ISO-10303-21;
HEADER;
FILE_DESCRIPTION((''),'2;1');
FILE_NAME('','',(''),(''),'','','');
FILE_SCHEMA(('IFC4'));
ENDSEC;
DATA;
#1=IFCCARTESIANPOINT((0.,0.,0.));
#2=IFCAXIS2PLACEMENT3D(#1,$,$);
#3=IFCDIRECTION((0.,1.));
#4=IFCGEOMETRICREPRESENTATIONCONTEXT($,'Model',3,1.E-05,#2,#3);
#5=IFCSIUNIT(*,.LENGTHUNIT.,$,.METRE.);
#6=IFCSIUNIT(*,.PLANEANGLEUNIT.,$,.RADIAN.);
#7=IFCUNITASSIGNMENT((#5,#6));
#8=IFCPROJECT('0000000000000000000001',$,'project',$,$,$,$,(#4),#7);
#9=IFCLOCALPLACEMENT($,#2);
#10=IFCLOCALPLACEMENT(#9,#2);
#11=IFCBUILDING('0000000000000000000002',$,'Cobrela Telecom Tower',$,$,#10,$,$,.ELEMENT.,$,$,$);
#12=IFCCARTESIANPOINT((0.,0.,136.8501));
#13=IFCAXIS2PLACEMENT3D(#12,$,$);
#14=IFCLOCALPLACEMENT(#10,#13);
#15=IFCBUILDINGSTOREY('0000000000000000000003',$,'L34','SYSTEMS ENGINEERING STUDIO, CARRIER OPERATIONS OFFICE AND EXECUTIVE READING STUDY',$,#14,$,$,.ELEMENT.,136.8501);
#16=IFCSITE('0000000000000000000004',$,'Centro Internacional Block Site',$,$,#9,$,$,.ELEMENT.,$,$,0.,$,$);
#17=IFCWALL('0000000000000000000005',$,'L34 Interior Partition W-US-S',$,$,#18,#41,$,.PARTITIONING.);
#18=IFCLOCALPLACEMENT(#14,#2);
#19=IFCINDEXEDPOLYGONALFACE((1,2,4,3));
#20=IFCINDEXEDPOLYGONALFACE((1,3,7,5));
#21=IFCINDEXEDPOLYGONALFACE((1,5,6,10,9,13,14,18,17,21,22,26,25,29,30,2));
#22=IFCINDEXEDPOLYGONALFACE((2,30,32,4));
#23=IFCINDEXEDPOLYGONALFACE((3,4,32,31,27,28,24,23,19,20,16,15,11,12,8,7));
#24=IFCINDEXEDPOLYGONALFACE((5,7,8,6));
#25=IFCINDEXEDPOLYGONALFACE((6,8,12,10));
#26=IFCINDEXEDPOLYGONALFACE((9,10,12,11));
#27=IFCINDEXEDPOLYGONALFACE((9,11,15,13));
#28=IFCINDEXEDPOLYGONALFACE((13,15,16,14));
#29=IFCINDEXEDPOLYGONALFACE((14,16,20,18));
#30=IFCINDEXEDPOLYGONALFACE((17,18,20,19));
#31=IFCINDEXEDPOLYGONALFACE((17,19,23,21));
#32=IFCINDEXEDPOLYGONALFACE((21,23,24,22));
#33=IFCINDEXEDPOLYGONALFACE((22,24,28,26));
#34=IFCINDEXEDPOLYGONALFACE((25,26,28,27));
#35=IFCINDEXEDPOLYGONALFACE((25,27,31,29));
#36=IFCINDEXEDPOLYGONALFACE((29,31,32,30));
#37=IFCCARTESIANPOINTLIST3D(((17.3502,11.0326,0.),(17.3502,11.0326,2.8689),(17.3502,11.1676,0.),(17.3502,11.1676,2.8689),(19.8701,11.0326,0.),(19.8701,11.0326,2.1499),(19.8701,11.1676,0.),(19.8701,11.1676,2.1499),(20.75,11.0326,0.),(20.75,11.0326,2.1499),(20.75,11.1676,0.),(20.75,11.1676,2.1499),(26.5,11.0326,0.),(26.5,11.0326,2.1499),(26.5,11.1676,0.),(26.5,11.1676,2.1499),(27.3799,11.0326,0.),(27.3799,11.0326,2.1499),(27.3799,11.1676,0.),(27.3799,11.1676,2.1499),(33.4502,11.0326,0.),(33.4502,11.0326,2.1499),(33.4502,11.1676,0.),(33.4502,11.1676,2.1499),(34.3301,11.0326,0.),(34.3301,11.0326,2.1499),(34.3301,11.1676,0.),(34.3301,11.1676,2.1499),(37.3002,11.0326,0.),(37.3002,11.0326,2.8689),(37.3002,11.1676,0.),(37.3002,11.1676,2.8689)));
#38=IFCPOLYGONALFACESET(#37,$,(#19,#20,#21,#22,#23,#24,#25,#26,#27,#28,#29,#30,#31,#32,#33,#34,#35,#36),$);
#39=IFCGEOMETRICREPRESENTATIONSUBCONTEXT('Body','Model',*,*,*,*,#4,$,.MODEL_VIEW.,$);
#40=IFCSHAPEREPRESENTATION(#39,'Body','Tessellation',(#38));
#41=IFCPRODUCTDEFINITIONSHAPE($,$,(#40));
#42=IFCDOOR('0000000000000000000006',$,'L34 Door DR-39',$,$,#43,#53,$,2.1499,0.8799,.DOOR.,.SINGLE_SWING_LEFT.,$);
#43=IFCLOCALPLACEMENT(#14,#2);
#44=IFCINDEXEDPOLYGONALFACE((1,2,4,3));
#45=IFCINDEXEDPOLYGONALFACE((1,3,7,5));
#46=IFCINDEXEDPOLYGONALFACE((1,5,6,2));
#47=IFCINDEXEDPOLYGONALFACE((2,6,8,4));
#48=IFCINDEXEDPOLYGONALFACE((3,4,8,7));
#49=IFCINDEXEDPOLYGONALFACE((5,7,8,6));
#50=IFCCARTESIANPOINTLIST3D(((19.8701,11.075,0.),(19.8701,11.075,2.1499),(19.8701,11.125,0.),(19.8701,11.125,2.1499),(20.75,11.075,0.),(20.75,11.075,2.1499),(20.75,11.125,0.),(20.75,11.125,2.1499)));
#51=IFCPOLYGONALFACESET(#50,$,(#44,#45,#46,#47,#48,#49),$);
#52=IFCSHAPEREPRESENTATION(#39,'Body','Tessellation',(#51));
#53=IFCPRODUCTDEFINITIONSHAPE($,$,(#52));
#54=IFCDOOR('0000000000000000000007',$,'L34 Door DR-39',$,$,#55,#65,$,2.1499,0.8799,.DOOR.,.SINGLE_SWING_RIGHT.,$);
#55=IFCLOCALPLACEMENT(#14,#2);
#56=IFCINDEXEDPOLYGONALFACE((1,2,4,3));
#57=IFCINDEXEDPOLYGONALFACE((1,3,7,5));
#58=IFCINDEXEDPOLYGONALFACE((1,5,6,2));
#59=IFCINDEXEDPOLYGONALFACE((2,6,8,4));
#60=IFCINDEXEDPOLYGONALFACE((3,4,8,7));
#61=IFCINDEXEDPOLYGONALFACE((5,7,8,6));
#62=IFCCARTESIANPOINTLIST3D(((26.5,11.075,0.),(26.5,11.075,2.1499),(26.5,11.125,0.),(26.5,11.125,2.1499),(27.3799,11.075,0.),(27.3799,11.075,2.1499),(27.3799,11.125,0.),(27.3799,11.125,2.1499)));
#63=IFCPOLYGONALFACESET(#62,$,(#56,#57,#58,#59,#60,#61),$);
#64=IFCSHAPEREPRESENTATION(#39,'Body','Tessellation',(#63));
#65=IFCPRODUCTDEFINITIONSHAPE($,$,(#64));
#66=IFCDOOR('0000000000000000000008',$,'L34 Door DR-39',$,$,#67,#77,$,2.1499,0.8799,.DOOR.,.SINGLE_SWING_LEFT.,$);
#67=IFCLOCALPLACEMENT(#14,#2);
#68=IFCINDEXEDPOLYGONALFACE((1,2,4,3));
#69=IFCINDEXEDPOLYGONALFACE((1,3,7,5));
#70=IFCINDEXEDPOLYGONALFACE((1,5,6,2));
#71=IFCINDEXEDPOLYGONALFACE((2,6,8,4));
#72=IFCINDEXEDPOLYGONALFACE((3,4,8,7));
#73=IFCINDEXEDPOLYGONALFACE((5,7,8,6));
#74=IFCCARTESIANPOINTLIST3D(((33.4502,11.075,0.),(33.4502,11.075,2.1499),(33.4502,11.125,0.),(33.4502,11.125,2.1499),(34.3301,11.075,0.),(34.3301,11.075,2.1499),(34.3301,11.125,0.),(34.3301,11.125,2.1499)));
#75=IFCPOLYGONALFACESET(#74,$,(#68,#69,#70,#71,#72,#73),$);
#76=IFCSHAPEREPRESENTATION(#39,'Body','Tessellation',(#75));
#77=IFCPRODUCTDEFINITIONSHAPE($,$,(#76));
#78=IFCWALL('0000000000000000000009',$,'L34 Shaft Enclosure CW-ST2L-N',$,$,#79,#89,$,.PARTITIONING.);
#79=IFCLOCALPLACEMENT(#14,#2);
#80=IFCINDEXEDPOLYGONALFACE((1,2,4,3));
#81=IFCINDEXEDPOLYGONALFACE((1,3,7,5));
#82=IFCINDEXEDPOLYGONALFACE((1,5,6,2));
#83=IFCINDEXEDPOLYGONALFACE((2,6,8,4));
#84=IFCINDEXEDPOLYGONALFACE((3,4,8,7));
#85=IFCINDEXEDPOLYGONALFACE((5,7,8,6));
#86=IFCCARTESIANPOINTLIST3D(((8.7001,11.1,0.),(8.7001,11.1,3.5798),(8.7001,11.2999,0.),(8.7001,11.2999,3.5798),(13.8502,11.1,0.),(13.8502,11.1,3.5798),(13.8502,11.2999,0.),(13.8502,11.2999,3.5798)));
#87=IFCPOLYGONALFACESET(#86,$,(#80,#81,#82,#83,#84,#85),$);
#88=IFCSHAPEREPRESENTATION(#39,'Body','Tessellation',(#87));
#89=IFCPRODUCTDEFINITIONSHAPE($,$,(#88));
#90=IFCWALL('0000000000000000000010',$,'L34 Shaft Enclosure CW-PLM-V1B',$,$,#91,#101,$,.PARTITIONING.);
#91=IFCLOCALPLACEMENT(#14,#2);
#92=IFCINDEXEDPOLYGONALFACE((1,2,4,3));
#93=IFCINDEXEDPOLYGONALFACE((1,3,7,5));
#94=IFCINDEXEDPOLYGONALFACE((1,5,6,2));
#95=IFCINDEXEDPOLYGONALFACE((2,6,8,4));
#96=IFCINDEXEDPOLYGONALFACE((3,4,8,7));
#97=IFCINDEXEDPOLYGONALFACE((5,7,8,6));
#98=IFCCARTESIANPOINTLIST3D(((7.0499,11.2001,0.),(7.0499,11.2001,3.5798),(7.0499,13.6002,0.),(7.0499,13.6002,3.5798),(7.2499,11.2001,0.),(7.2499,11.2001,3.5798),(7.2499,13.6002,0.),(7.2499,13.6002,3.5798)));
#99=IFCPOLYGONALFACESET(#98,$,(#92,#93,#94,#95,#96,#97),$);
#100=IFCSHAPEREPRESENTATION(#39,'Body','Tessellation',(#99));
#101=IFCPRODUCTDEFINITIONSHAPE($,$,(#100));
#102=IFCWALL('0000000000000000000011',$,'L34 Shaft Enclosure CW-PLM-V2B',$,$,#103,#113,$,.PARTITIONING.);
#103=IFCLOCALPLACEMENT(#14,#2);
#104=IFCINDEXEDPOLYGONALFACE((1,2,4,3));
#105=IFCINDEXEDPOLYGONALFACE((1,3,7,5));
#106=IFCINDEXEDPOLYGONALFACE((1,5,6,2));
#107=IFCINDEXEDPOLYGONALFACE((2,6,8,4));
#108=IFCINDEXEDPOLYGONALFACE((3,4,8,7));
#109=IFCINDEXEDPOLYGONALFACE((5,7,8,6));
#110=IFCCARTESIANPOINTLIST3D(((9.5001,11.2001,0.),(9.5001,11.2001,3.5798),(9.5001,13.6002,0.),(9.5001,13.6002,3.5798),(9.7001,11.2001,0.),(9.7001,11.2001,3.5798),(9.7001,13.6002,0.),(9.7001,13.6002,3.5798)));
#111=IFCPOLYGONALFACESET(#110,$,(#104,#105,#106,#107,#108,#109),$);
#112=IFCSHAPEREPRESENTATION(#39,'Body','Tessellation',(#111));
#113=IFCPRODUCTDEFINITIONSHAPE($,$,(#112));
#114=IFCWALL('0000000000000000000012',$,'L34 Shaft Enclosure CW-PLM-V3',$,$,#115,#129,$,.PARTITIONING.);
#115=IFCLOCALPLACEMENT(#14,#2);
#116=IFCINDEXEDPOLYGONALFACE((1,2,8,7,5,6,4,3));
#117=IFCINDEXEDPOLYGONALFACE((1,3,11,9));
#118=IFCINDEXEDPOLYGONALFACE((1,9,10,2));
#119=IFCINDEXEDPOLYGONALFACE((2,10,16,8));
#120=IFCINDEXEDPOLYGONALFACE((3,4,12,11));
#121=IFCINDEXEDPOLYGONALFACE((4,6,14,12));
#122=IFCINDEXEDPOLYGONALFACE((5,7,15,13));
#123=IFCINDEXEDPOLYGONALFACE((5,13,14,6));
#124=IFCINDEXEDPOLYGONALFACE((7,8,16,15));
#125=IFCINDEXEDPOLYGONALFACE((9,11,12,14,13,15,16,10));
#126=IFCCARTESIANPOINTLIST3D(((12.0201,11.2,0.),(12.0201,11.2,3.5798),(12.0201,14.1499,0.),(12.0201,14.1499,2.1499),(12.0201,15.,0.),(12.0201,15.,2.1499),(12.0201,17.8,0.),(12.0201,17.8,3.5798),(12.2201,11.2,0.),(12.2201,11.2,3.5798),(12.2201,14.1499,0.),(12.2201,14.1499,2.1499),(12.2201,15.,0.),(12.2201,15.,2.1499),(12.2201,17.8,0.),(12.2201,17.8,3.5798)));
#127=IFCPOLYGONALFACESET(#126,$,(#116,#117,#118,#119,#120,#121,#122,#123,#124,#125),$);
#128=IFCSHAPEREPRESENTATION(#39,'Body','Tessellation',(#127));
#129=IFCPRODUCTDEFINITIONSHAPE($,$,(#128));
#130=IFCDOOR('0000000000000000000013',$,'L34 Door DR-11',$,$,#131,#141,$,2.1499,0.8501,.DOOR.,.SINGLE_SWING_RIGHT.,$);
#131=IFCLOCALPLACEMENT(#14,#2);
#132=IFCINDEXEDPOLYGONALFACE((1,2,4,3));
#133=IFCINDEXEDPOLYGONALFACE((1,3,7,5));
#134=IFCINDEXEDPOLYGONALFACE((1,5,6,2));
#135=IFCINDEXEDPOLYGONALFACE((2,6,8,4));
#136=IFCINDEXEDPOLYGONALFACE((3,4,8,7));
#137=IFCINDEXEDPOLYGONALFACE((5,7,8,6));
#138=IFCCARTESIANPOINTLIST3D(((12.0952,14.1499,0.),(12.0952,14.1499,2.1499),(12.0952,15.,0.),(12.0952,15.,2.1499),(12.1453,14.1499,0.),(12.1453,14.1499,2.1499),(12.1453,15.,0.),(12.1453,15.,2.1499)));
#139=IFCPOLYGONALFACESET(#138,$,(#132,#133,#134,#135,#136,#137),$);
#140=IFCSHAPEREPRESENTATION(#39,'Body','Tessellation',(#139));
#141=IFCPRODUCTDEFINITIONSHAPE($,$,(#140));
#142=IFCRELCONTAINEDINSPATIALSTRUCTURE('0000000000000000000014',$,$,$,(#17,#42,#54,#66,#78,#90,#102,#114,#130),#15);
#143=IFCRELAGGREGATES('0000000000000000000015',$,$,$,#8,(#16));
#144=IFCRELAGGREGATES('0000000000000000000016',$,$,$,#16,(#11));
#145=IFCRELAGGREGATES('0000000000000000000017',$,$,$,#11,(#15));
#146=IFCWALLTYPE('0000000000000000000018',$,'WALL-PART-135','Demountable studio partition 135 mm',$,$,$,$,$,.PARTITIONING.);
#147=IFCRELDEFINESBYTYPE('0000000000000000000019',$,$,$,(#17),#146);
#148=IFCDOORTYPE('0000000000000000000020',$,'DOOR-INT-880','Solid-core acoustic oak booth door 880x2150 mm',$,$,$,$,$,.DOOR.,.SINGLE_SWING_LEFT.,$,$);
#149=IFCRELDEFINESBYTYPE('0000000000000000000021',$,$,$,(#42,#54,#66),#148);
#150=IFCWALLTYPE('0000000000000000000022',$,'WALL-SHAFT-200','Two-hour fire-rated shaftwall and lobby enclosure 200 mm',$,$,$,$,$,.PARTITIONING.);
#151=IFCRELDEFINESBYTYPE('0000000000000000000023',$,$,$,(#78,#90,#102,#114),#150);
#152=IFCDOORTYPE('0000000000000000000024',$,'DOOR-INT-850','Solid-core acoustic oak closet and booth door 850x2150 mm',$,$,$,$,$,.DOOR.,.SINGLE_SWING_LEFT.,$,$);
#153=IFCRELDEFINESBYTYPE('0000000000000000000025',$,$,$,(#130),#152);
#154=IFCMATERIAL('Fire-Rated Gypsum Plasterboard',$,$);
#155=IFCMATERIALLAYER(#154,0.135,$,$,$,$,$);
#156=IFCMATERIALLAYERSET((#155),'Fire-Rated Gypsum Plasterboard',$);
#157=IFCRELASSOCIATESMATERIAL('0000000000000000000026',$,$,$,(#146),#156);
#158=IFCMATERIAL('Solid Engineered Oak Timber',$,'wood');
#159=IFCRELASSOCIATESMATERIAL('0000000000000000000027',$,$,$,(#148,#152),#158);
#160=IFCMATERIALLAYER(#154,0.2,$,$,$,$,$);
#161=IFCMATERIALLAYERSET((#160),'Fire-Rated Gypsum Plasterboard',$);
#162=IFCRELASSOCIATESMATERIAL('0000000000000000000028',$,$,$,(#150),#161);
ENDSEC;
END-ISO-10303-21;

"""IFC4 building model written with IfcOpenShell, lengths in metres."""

from ifc_helpers import new_model, si_unit, direction, frame, frame_2d, origin, place, context, subcontext, project, spatial, rectangle, extrude, material, layer, layer_set, type_object, element, fill, save


model = new_model("IFC4")

# Units and contexts
model_context = context("Model", 3, precision=1e-05, world=origin(), true_north=direction((0.0, 1.0)))
body_context = subcontext(model_context, "Body", "Model", "MODEL_VIEW")
ifc_project = project(units=[si_unit("LENGTHUNIT", "METRE"), si_unit("PLANEANGLEUNIT", "RADIAN")], contexts=[model_context])

# Site, building, storey
site_placement = place(None, origin())
site = spatial("IfcSite", under=ifc_project, at=site_placement, Name="Centro Internacional Block Site", CompositionType="ELEMENT", RefElevation=0.0)
building_placement = place(site_placement, origin())
building = spatial("IfcBuilding", under=site, at=building_placement, Name="Cobrela Telecom Tower", CompositionType="ELEMENT")
storey_placement = place(building_placement, frame((0.0, 0.0, 136.8501)))
storey = spatial("IfcBuildingStorey", under=building, at=storey_placement, Name="L34", Description="SYSTEMS ENGINEERING STUDIO, CARRIER OPERATIONS OFFICE AND EXECUTIVE READING STUDY", CompositionType="ELEMENT", Elevation=136.8501)

# Shared definitions
ifc_material_1 = material(Name="Fire-Rated Gypsum Plasterboard")

# Wall, openings, doors
ifc_layer_1 = layer(ifc_material_1, 0.135)
ifc_layer_set_1 = layer_set([ifc_layer_1], Name="Fire-Rated Gypsum Plasterboard")
wall_type_1 = type_object("IfcWallType", Name="WALL-PART-135", Description="Demountable studio partition 135 mm", PredefinedType="PARTITIONING", material=ifc_layer_set_1)
wall_1_placement = place(storey_placement, frame((17.3501, 11.1001, 0.0), z_axis=(0.0, 0.0, 1.0), x_axis=(1.0, 0.0, 0.0)))
wall_1 = element("IfcWall", 1, at=wall_1_placement, inside=storey, type_object=wall_type_1, Name="L34 Interior Partition W-US-S", PredefinedType="PARTITIONING", context=body_context, shape_type="SweptSolid", body=[
    extrude(rectangle(XDim=19.95, YDim=0.135, at=frame_2d((9.9751, 0.0))), origin(), (0.0, 0.0, 1.0), 2.8689),
])
opening_1_placement = place(wall_1_placement, frame((2.52, 0.0, 0.0)))
opening_1 = element("IfcOpeningElement", 2, at=opening_1_placement, cuts=wall_1, PredefinedType="OPENING", context=body_context, shape_type="SweptSolid", body=[
    extrude(rectangle(XDim=0.8799, YDim=2.1499, at=frame_2d((0.4399, 1.075))), frame((0.0, 0.0796, 0.0), z_axis=(0.0, -1.0, 0.0), x_axis=(1.0, 0.0, 0.0)), (0.0, 0.0, 1.0), 0.1589),
])
opening_2_placement = place(wall_1_placement, frame((9.1499, 0.0, 0.0)))
opening_2 = element("IfcOpeningElement", 3, at=opening_2_placement, cuts=wall_1, PredefinedType="OPENING", context=body_context, shape_type="SweptSolid", body=[
    extrude(rectangle(XDim=0.8799, YDim=2.1499, at=frame_2d((0.4399, 1.075))), frame((0.0, 0.0796, 0.0), z_axis=(0.0, -1.0, 0.0), x_axis=(1.0, 0.0, 0.0)), (0.0, 0.0, 1.0), 0.1589),
])
opening_3_placement = place(wall_1_placement, frame((16.1001, 0.0, 0.0)))
opening_3 = element("IfcOpeningElement", 4, at=opening_3_placement, cuts=wall_1, PredefinedType="OPENING", context=body_context, shape_type="SweptSolid", body=[
    extrude(rectangle(XDim=0.8799, YDim=2.1499, at=frame_2d((0.4399, 1.075))), frame((0.0, 0.0796, 0.0), z_axis=(0.0, -1.0, 0.0), x_axis=(1.0, 0.0, 0.0)), (0.0, 0.0, 1.0), 0.1589),
])
ifc_material_2 = material(Name="Solid Engineered Oak Timber", Category="wood")
door_type_1 = type_object("IfcDoorType", Name="DOOR-INT-880", Description="Solid-core acoustic oak booth door 880x2150 mm", OperationType="SINGLE_SWING_LEFT", PredefinedType="DOOR", material=ifc_material_2)
door_1_placement = place(opening_1_placement, origin())
door_1 = element("IfcDoor", 5, at=door_1_placement, inside=storey, type_object=door_type_1, Name="L34 Door DR-39", OperationType="SINGLE_SWING_LEFT", OverallHeight=2.1499, OverallWidth=0.8799, PredefinedType="DOOR", context=body_context, shape_type="SweptSolid", body=[
    extrude(rectangle(XDim=0.8799, YDim=2.1499, at=frame_2d((0.4399, 1.075))), frame((0.0, 0.0249, 0.0), z_axis=(0.0, -1.0, 0.0), x_axis=(1.0, 0.0, 0.0)), (0.0, 0.0, 1.0), 0.05),
])
fill(opening_1, door_1)
door_2_placement = place(opening_2_placement, origin())
door_2 = element("IfcDoor", 6, at=door_2_placement, inside=storey, type_object=door_type_1, Name="L34 Door DR-39", OperationType="SINGLE_SWING_RIGHT", OverallHeight=2.1499, OverallWidth=0.8799, PredefinedType="DOOR", context=body_context, shape_type="SweptSolid", body=[
    extrude(rectangle(XDim=0.8799, YDim=2.1499, at=frame_2d((0.4399, 1.075))), frame((0.0, 0.0249, 0.0), z_axis=(0.0, -1.0, 0.0), x_axis=(1.0, 0.0, 0.0)), (0.0, 0.0, 1.0), 0.05),
])
fill(opening_2, door_2)
door_3_placement = place(opening_3_placement, origin())
door_3 = element("IfcDoor", 7, at=door_3_placement, inside=storey, type_object=door_type_1, Name="L34 Door DR-39", OperationType="SINGLE_SWING_LEFT", OverallHeight=2.1499, OverallWidth=0.8799, PredefinedType="DOOR", context=body_context, shape_type="SweptSolid", body=[
    extrude(rectangle(XDim=0.8799, YDim=2.1499, at=frame_2d((0.4399, 1.075))), frame((0.0, 0.0249, 0.0), z_axis=(0.0, -1.0, 0.0), x_axis=(1.0, 0.0, 0.0)), (0.0, 0.0, 1.0), 0.05),
])
fill(opening_3, door_3)

# Walls
ifc_layer_2 = layer(ifc_material_1, 0.2)
ifc_layer_set_2 = layer_set([ifc_layer_2], Name="Fire-Rated Gypsum Plasterboard")
wall_type_2 = type_object("IfcWallType", Name="WALL-SHAFT-200", Description="Two-hour fire-rated shaftwall and lobby enclosure 200 mm", PredefinedType="PARTITIONING", material=ifc_layer_set_2)
wall_2_placement = place(storey_placement, frame((8.7, 11.2, 0.0), z_axis=(0.0, 0.0, 1.0), x_axis=(1.0, 0.0, 0.0)))
element("IfcWall", 8, at=wall_2_placement, inside=storey, type_object=wall_type_2, Name="L34 Shaft Enclosure CW-ST2L-N", PredefinedType="PARTITIONING", context=body_context, shape_type="SweptSolid", body=[
    extrude(rectangle(XDim=5.1501, YDim=0.2, at=frame_2d((2.5752, 0.0))), origin(), (0.0, 0.0, 1.0), 3.5798),
])
for number, where, z_axis, x_axis, name in (
    (9, (7.1499, 11.2, 0.0), (0.0, 0.0, 1.0), (0.0, 1.0, 0.0), "L34 Shaft Enclosure CW-PLM-V1B"),
    (10, (9.6001, 11.2, 0.0), (0.0, 0.0, 1.0), (0.0, 1.0, 0.0), "L34 Shaft Enclosure CW-PLM-V2B"),
):
    element("IfcWall", number, at=place(storey_placement, frame(where, z_axis=z_axis, x_axis=x_axis)), inside=storey, type_object=wall_type_2, Name=name, PredefinedType="PARTITIONING", context=body_context, shape_type="SweptSolid", body=[
        extrude(rectangle(XDim=2.4001, YDim=0.2, at=frame_2d((1.2002, 0.0))), origin(), (0.0, 0.0, 1.0), 3.5798),
    ])

# Wall, opening, door
wall_3_placement = place(storey_placement, frame((12.1201, 11.2, 0.0), z_axis=(0.0, 0.0, 1.0), x_axis=(0.0, 1.0, 0.0)))
wall_3 = element("IfcWall", 11, at=wall_3_placement, inside=storey, type_object=wall_type_2, Name="L34 Shaft Enclosure CW-PLM-V3", PredefinedType="PARTITIONING", context=body_context, shape_type="SweptSolid", body=[
    extrude(rectangle(XDim=6.6001, YDim=0.2, at=frame_2d((3.3, 0.0))), origin(), (0.0, 0.0, 1.0), 3.5798),
])
opening_4_placement = place(wall_3_placement, frame((2.95, 0.0, 0.0)))
opening_4 = element("IfcOpeningElement", 12, at=opening_4_placement, cuts=wall_3, PredefinedType="OPENING", context=body_context, shape_type="SweptSolid", body=[
    extrude(rectangle(XDim=0.8501, YDim=2.1499, at=frame_2d((0.425, 1.075))), frame((0.0, 0.1118, 0.0), z_axis=(0.0, -1.0, 0.0), x_axis=(1.0, 0.0, 0.0)), (0.0, 0.0, 1.0), 0.2239),
])
door_type_2 = type_object("IfcDoorType", Name="DOOR-INT-850", Description="Solid-core acoustic oak closet and booth door 850x2150 mm", OperationType="SINGLE_SWING_LEFT", PredefinedType="DOOR", material=ifc_material_2)
door_4_placement = place(opening_4_placement, origin())
door_4 = element("IfcDoor", 13, at=door_4_placement, inside=storey, type_object=door_type_2, Name="L34 Door DR-11", OperationType="SINGLE_SWING_RIGHT", OverallHeight=2.1499, OverallWidth=0.8501, PredefinedType="DOOR", context=body_context, shape_type="SweptSolid", body=[
    extrude(rectangle(XDim=0.8501, YDim=2.1499, at=frame_2d((0.425, 1.075))), frame((0.0, 0.0249, 0.0), z_axis=(0.0, -1.0, 0.0), x_axis=(1.0, 0.0, 0.0)), (0.0, 0.0, 1.0), 0.05),
])
fill(opening_4, door_4)

save(model, "model.ifc")
